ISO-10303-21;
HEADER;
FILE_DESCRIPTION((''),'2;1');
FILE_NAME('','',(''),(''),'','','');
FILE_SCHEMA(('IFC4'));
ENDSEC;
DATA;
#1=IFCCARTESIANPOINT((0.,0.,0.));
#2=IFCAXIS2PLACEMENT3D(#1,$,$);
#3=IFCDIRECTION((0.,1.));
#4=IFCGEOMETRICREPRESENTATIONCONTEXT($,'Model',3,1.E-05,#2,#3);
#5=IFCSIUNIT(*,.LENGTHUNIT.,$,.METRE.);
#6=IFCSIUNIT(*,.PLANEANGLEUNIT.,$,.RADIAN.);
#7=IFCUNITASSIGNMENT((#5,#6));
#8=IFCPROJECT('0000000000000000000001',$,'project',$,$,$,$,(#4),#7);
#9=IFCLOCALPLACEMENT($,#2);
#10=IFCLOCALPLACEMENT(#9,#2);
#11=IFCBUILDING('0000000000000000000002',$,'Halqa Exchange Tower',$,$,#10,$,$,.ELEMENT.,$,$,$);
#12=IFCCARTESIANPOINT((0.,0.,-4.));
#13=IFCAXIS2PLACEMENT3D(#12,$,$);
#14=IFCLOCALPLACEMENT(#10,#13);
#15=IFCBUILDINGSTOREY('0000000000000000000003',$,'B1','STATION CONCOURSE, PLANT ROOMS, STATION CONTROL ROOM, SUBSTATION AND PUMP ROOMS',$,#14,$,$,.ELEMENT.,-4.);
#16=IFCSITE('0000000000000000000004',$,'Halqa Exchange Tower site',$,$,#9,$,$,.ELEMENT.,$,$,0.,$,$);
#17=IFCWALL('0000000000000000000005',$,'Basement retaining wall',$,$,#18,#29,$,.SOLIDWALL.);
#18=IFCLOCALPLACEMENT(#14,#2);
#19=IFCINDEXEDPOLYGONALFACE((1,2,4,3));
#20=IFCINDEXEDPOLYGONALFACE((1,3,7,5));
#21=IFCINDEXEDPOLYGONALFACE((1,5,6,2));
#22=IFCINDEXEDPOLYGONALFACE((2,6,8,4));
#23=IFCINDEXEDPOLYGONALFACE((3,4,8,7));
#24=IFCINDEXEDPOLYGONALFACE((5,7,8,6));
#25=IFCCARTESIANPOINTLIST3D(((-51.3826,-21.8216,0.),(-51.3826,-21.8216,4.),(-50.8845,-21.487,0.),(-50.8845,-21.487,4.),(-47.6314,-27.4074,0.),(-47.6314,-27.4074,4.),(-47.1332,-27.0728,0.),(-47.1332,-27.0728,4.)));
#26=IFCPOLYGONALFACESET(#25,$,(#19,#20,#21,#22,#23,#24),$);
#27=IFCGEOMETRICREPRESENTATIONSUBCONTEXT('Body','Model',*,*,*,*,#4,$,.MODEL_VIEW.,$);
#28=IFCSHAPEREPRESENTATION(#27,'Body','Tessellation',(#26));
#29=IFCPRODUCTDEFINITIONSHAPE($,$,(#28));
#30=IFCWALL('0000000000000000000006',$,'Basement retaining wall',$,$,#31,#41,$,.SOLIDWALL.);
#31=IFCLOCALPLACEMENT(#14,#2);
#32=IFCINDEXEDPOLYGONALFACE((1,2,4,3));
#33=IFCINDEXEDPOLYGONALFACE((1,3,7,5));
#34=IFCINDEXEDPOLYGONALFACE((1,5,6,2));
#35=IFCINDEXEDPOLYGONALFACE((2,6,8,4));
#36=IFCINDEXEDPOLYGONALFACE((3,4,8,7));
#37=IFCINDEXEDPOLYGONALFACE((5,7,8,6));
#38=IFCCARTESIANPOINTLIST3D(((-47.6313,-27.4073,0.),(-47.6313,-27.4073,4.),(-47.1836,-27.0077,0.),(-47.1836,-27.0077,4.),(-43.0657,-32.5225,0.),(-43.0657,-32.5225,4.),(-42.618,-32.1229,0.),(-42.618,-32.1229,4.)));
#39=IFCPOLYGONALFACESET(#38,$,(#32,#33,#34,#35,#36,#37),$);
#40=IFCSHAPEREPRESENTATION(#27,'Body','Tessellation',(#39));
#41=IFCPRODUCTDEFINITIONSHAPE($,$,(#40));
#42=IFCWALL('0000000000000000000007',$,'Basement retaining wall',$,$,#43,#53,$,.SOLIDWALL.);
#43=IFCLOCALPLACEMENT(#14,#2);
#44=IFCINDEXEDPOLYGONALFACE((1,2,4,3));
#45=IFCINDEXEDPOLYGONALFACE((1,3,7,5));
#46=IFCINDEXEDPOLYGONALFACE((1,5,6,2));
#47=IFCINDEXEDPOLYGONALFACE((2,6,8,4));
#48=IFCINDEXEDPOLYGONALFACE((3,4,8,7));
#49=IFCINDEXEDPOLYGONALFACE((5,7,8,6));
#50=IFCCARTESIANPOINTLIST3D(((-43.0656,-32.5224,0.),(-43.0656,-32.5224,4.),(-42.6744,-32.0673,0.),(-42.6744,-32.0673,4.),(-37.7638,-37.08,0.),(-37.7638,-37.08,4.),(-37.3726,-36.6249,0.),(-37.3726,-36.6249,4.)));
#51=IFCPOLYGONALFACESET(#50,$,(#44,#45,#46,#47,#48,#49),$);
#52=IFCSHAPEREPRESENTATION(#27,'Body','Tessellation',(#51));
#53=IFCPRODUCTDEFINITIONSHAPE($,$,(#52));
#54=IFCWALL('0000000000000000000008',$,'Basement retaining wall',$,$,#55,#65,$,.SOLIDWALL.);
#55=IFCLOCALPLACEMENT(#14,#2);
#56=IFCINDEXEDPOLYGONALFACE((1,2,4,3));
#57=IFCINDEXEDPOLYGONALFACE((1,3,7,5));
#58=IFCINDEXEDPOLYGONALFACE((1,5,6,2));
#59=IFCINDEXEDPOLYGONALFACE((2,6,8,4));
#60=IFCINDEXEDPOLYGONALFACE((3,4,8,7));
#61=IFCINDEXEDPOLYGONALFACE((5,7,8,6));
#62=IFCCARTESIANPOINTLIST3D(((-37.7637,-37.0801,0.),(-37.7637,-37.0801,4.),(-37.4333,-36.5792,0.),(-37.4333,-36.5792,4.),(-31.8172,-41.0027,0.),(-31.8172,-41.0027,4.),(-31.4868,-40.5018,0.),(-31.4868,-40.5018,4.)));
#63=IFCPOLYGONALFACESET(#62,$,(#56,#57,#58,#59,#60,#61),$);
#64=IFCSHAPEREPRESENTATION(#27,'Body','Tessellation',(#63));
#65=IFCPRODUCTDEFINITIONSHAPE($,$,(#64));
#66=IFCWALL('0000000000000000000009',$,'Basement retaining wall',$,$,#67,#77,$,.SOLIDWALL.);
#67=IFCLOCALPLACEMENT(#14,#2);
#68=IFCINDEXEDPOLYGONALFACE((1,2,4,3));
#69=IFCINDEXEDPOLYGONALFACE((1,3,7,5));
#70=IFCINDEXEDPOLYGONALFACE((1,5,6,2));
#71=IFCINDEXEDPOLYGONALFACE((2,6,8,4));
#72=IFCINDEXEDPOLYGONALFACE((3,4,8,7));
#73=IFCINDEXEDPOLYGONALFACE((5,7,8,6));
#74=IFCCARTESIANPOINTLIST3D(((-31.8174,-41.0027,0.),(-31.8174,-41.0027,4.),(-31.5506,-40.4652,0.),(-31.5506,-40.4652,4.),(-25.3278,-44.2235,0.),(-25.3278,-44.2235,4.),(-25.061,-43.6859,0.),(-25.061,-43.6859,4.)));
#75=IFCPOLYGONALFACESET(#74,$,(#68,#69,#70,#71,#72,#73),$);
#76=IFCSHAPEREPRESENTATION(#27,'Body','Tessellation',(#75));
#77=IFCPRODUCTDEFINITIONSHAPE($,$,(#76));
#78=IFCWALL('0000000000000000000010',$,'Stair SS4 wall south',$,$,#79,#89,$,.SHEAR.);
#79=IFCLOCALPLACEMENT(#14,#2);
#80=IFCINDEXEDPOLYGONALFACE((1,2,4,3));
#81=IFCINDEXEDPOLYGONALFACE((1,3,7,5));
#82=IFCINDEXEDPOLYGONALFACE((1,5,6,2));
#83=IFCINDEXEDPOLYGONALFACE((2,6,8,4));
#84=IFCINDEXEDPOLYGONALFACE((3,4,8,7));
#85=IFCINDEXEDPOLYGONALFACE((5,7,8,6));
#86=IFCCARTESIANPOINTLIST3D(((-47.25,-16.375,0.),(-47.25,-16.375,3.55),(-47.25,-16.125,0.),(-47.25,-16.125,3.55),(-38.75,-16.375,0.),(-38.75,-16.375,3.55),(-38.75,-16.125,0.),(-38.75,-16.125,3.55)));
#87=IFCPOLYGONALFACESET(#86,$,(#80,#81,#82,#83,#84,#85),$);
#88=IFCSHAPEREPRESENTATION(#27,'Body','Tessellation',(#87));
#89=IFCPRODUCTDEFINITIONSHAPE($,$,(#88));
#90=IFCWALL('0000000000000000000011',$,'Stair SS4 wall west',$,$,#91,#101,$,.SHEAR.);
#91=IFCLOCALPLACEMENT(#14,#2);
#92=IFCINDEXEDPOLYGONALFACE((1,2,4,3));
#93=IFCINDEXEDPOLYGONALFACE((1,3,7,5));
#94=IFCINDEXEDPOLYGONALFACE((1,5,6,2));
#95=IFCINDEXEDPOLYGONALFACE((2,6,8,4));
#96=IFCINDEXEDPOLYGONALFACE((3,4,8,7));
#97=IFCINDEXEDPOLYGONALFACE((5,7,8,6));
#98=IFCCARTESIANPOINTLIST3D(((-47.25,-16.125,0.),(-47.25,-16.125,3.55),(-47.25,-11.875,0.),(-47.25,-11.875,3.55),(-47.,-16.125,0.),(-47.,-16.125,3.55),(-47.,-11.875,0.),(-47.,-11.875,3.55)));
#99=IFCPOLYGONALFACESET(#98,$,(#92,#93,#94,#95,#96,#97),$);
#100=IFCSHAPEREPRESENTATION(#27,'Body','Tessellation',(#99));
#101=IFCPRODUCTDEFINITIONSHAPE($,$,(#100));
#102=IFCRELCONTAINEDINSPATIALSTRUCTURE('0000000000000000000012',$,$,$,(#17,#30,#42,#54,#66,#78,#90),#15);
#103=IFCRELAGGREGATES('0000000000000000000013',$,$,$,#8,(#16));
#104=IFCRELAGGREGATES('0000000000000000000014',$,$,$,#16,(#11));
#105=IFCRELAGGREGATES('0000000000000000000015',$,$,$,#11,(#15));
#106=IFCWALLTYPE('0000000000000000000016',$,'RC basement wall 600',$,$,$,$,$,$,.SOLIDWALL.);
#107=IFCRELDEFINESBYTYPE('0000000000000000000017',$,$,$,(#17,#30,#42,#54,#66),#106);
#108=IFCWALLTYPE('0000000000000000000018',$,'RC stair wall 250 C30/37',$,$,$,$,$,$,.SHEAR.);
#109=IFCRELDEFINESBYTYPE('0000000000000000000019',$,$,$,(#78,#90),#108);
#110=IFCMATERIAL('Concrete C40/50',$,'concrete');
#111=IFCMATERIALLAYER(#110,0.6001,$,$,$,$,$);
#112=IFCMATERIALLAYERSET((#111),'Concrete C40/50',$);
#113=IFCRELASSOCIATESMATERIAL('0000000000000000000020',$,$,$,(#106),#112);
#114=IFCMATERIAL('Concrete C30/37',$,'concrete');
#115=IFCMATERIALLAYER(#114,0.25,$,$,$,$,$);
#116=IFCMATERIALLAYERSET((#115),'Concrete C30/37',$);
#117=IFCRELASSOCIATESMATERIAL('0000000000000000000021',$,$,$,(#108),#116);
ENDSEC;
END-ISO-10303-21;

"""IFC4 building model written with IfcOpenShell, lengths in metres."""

from ifc_helpers import new_model, si_unit, direction, frame, frame_2d, origin, place, context, subcontext, project, spatial, rectangle, extrude, material, layer, layer_set, type_object, element, save


model = new_model("IFC4")

# Units and contexts
model_context = context("Model", 3, precision=1e-05, world=origin(), true_north=direction((0.0, 1.0)))
body_context = subcontext(model_context, "Body", "Model", "MODEL_VIEW")
ifc_project = project(units=[si_unit("LENGTHUNIT", "METRE"), si_unit("PLANEANGLEUNIT", "RADIAN")], contexts=[model_context])

# Site, building, storey
site_placement = place(None, origin())
site = spatial("IfcSite", under=ifc_project, at=site_placement, Name="Halqa Exchange Tower site", CompositionType="ELEMENT", RefElevation=0.0)
building_placement = place(site_placement, origin())
building = spatial("IfcBuilding", under=site, at=building_placement, Name="Halqa Exchange Tower", CompositionType="ELEMENT")
storey_placement = place(building_placement, frame((0.0, 0.0, -4.0)))
storey = spatial("IfcBuildingStorey", under=building, at=storey_placement, Name="B1", Description="STATION CONCOURSE, PLANT ROOMS, STATION CONTROL ROOM, SUBSTATION AND PUMP ROOMS", CompositionType="ELEMENT", Elevation=-4.0)

# Walls
ifc_material_1 = material(Name="Concrete C40/50", Category="concrete")
ifc_layer_1 = layer(ifc_material_1, 0.6001)
ifc_layer_set_1 = layer_set([ifc_layer_1], Name="Concrete C40/50")
wall_type_1 = type_object("IfcWallType", Name="RC basement wall 600", PredefinedType="SOLIDWALL", material=ifc_layer_set_1)
wall_1_placement = place(storey_placement, frame((-51.1335, -21.6543, 0.0), z_axis=(0.0, 0.0, 1.0), x_axis=(0.557519, -0.830164, 0.0)))
element("IfcWall", 1, at=wall_1_placement, inside=storey, type_object=wall_type_1, Name="Basement retaining wall", PredefinedType="SOLIDWALL", context=body_context, shape_type="SweptSolid", body=[
    extrude(rectangle(XDim=6.7285, YDim=0.6001, at=frame_2d((3.3643, 0.0))), origin(), (0.0, 0.0, 1.0), 4.0),
])
wall_2_placement = place(storey_placement, frame((-47.4075, -27.2075, 0.0), z_axis=(0.0, 0.0, 1.0), x_axis=(0.665894, -0.746046, 0.0)))
element("IfcWall", 2, at=wall_2_placement, inside=storey, type_object=wall_type_1, Name="Basement retaining wall", PredefinedType="SOLIDWALL", context=body_context, shape_type="SweptSolid", body=[
    extrude(rectangle(XDim=6.8564, YDim=0.6001, at=frame_2d((3.4282, 0.0))), origin(), (0.0, 0.0, 1.0), 4.0),
])
wall_3_placement = place(storey_placement, frame((-42.8699, -32.2949, 0.0), z_axis=(0.0, 0.0, 1.0), x_axis=(0.758319, -0.651883, 0.0)))
element("IfcWall", 3, at=wall_3_placement, inside=storey, type_object=wall_type_1, Name="Basement retaining wall", PredefinedType="SOLIDWALL", context=body_context, shape_type="SweptSolid", body=[
    extrude(rectangle(XDim=6.9915, YDim=0.6001, at=frame_2d((3.4956, 0.0))), origin(), (0.0, 0.0, 1.0), 4.0),
])
wall_4_placement = place(storey_placement, frame((-37.5986, -36.8296, 0.0), z_axis=(0.0, 0.0, 1.0), x_axis=(0.834745, -0.550636, 0.0)))
element("IfcWall", 4, at=wall_4_placement, inside=storey, type_object=wall_type_1, Name="Basement retaining wall", PredefinedType="SOLIDWALL", context=body_context, shape_type="SweptSolid", body=[
    extrude(rectangle(XDim=7.1238, YDim=0.6001, at=frame_2d((3.562, 0.0))), origin(), (0.0, 0.0, 1.0), 4.0),
])
wall_5_placement = place(storey_placement, frame((-31.6841, -40.7339, 0.0), z_axis=(0.0, 0.0, 1.0), x_axis=(0.895751, -0.444556, 0.0)))
element("IfcWall", 5, at=wall_5_placement, inside=storey, type_object=wall_type_1, Name="Basement retaining wall", PredefinedType="SOLIDWALL", context=body_context, shape_type="SweptSolid", body=[
    extrude(rectangle(XDim=7.2449, YDim=0.6001, at=frame_2d((3.6226, 0.0))), origin(), (0.0, 0.0, 1.0), 4.0),
])
ifc_material_2 = material(Name="Concrete C30/37", Category="concrete")
ifc_layer_2 = layer(ifc_material_2, 0.25)
ifc_layer_set_2 = layer_set([ifc_layer_2], Name="Concrete C30/37")
wall_type_2 = type_object("IfcWallType", Name="RC stair wall 250 C30/37", PredefinedType="SHEAR", material=ifc_layer_set_2)
wall_6_placement = place(storey_placement, frame((-47.25, -16.25, 0.0), z_axis=(0.0, 0.0, 1.0), x_axis=(1.0, 0.0, 0.0)))
element("IfcWall", 6, at=wall_6_placement, inside=storey, type_object=wall_type_2, Name="Stair SS4 wall south", PredefinedType="SHEAR", context=body_context, shape_type="SweptSolid", body=[
    extrude(rectangle(XDim=8.5, YDim=0.25, at=frame_2d((4.25, 0.0))), origin(), (0.0, 0.0, 1.0), 3.55),
])
wall_7_placement = place(storey_placement, frame((-47.125, -16.125, 0.0), z_axis=(0.0, 0.0, 1.0), x_axis=(0.0, 1.0, 0.0)))
element("IfcWall", 7, at=wall_7_placement, inside=storey, type_object=wall_type_2, Name="Stair SS4 wall west", PredefinedType="SHEAR", context=body_context, shape_type="SweptSolid", body=[
    extrude(rectangle(XDim=4.25, YDim=0.25, at=frame_2d((2.125, 0.0))), origin(), (0.0, 0.0, 1.0), 3.55),
])

save(model, "model.ifc")
